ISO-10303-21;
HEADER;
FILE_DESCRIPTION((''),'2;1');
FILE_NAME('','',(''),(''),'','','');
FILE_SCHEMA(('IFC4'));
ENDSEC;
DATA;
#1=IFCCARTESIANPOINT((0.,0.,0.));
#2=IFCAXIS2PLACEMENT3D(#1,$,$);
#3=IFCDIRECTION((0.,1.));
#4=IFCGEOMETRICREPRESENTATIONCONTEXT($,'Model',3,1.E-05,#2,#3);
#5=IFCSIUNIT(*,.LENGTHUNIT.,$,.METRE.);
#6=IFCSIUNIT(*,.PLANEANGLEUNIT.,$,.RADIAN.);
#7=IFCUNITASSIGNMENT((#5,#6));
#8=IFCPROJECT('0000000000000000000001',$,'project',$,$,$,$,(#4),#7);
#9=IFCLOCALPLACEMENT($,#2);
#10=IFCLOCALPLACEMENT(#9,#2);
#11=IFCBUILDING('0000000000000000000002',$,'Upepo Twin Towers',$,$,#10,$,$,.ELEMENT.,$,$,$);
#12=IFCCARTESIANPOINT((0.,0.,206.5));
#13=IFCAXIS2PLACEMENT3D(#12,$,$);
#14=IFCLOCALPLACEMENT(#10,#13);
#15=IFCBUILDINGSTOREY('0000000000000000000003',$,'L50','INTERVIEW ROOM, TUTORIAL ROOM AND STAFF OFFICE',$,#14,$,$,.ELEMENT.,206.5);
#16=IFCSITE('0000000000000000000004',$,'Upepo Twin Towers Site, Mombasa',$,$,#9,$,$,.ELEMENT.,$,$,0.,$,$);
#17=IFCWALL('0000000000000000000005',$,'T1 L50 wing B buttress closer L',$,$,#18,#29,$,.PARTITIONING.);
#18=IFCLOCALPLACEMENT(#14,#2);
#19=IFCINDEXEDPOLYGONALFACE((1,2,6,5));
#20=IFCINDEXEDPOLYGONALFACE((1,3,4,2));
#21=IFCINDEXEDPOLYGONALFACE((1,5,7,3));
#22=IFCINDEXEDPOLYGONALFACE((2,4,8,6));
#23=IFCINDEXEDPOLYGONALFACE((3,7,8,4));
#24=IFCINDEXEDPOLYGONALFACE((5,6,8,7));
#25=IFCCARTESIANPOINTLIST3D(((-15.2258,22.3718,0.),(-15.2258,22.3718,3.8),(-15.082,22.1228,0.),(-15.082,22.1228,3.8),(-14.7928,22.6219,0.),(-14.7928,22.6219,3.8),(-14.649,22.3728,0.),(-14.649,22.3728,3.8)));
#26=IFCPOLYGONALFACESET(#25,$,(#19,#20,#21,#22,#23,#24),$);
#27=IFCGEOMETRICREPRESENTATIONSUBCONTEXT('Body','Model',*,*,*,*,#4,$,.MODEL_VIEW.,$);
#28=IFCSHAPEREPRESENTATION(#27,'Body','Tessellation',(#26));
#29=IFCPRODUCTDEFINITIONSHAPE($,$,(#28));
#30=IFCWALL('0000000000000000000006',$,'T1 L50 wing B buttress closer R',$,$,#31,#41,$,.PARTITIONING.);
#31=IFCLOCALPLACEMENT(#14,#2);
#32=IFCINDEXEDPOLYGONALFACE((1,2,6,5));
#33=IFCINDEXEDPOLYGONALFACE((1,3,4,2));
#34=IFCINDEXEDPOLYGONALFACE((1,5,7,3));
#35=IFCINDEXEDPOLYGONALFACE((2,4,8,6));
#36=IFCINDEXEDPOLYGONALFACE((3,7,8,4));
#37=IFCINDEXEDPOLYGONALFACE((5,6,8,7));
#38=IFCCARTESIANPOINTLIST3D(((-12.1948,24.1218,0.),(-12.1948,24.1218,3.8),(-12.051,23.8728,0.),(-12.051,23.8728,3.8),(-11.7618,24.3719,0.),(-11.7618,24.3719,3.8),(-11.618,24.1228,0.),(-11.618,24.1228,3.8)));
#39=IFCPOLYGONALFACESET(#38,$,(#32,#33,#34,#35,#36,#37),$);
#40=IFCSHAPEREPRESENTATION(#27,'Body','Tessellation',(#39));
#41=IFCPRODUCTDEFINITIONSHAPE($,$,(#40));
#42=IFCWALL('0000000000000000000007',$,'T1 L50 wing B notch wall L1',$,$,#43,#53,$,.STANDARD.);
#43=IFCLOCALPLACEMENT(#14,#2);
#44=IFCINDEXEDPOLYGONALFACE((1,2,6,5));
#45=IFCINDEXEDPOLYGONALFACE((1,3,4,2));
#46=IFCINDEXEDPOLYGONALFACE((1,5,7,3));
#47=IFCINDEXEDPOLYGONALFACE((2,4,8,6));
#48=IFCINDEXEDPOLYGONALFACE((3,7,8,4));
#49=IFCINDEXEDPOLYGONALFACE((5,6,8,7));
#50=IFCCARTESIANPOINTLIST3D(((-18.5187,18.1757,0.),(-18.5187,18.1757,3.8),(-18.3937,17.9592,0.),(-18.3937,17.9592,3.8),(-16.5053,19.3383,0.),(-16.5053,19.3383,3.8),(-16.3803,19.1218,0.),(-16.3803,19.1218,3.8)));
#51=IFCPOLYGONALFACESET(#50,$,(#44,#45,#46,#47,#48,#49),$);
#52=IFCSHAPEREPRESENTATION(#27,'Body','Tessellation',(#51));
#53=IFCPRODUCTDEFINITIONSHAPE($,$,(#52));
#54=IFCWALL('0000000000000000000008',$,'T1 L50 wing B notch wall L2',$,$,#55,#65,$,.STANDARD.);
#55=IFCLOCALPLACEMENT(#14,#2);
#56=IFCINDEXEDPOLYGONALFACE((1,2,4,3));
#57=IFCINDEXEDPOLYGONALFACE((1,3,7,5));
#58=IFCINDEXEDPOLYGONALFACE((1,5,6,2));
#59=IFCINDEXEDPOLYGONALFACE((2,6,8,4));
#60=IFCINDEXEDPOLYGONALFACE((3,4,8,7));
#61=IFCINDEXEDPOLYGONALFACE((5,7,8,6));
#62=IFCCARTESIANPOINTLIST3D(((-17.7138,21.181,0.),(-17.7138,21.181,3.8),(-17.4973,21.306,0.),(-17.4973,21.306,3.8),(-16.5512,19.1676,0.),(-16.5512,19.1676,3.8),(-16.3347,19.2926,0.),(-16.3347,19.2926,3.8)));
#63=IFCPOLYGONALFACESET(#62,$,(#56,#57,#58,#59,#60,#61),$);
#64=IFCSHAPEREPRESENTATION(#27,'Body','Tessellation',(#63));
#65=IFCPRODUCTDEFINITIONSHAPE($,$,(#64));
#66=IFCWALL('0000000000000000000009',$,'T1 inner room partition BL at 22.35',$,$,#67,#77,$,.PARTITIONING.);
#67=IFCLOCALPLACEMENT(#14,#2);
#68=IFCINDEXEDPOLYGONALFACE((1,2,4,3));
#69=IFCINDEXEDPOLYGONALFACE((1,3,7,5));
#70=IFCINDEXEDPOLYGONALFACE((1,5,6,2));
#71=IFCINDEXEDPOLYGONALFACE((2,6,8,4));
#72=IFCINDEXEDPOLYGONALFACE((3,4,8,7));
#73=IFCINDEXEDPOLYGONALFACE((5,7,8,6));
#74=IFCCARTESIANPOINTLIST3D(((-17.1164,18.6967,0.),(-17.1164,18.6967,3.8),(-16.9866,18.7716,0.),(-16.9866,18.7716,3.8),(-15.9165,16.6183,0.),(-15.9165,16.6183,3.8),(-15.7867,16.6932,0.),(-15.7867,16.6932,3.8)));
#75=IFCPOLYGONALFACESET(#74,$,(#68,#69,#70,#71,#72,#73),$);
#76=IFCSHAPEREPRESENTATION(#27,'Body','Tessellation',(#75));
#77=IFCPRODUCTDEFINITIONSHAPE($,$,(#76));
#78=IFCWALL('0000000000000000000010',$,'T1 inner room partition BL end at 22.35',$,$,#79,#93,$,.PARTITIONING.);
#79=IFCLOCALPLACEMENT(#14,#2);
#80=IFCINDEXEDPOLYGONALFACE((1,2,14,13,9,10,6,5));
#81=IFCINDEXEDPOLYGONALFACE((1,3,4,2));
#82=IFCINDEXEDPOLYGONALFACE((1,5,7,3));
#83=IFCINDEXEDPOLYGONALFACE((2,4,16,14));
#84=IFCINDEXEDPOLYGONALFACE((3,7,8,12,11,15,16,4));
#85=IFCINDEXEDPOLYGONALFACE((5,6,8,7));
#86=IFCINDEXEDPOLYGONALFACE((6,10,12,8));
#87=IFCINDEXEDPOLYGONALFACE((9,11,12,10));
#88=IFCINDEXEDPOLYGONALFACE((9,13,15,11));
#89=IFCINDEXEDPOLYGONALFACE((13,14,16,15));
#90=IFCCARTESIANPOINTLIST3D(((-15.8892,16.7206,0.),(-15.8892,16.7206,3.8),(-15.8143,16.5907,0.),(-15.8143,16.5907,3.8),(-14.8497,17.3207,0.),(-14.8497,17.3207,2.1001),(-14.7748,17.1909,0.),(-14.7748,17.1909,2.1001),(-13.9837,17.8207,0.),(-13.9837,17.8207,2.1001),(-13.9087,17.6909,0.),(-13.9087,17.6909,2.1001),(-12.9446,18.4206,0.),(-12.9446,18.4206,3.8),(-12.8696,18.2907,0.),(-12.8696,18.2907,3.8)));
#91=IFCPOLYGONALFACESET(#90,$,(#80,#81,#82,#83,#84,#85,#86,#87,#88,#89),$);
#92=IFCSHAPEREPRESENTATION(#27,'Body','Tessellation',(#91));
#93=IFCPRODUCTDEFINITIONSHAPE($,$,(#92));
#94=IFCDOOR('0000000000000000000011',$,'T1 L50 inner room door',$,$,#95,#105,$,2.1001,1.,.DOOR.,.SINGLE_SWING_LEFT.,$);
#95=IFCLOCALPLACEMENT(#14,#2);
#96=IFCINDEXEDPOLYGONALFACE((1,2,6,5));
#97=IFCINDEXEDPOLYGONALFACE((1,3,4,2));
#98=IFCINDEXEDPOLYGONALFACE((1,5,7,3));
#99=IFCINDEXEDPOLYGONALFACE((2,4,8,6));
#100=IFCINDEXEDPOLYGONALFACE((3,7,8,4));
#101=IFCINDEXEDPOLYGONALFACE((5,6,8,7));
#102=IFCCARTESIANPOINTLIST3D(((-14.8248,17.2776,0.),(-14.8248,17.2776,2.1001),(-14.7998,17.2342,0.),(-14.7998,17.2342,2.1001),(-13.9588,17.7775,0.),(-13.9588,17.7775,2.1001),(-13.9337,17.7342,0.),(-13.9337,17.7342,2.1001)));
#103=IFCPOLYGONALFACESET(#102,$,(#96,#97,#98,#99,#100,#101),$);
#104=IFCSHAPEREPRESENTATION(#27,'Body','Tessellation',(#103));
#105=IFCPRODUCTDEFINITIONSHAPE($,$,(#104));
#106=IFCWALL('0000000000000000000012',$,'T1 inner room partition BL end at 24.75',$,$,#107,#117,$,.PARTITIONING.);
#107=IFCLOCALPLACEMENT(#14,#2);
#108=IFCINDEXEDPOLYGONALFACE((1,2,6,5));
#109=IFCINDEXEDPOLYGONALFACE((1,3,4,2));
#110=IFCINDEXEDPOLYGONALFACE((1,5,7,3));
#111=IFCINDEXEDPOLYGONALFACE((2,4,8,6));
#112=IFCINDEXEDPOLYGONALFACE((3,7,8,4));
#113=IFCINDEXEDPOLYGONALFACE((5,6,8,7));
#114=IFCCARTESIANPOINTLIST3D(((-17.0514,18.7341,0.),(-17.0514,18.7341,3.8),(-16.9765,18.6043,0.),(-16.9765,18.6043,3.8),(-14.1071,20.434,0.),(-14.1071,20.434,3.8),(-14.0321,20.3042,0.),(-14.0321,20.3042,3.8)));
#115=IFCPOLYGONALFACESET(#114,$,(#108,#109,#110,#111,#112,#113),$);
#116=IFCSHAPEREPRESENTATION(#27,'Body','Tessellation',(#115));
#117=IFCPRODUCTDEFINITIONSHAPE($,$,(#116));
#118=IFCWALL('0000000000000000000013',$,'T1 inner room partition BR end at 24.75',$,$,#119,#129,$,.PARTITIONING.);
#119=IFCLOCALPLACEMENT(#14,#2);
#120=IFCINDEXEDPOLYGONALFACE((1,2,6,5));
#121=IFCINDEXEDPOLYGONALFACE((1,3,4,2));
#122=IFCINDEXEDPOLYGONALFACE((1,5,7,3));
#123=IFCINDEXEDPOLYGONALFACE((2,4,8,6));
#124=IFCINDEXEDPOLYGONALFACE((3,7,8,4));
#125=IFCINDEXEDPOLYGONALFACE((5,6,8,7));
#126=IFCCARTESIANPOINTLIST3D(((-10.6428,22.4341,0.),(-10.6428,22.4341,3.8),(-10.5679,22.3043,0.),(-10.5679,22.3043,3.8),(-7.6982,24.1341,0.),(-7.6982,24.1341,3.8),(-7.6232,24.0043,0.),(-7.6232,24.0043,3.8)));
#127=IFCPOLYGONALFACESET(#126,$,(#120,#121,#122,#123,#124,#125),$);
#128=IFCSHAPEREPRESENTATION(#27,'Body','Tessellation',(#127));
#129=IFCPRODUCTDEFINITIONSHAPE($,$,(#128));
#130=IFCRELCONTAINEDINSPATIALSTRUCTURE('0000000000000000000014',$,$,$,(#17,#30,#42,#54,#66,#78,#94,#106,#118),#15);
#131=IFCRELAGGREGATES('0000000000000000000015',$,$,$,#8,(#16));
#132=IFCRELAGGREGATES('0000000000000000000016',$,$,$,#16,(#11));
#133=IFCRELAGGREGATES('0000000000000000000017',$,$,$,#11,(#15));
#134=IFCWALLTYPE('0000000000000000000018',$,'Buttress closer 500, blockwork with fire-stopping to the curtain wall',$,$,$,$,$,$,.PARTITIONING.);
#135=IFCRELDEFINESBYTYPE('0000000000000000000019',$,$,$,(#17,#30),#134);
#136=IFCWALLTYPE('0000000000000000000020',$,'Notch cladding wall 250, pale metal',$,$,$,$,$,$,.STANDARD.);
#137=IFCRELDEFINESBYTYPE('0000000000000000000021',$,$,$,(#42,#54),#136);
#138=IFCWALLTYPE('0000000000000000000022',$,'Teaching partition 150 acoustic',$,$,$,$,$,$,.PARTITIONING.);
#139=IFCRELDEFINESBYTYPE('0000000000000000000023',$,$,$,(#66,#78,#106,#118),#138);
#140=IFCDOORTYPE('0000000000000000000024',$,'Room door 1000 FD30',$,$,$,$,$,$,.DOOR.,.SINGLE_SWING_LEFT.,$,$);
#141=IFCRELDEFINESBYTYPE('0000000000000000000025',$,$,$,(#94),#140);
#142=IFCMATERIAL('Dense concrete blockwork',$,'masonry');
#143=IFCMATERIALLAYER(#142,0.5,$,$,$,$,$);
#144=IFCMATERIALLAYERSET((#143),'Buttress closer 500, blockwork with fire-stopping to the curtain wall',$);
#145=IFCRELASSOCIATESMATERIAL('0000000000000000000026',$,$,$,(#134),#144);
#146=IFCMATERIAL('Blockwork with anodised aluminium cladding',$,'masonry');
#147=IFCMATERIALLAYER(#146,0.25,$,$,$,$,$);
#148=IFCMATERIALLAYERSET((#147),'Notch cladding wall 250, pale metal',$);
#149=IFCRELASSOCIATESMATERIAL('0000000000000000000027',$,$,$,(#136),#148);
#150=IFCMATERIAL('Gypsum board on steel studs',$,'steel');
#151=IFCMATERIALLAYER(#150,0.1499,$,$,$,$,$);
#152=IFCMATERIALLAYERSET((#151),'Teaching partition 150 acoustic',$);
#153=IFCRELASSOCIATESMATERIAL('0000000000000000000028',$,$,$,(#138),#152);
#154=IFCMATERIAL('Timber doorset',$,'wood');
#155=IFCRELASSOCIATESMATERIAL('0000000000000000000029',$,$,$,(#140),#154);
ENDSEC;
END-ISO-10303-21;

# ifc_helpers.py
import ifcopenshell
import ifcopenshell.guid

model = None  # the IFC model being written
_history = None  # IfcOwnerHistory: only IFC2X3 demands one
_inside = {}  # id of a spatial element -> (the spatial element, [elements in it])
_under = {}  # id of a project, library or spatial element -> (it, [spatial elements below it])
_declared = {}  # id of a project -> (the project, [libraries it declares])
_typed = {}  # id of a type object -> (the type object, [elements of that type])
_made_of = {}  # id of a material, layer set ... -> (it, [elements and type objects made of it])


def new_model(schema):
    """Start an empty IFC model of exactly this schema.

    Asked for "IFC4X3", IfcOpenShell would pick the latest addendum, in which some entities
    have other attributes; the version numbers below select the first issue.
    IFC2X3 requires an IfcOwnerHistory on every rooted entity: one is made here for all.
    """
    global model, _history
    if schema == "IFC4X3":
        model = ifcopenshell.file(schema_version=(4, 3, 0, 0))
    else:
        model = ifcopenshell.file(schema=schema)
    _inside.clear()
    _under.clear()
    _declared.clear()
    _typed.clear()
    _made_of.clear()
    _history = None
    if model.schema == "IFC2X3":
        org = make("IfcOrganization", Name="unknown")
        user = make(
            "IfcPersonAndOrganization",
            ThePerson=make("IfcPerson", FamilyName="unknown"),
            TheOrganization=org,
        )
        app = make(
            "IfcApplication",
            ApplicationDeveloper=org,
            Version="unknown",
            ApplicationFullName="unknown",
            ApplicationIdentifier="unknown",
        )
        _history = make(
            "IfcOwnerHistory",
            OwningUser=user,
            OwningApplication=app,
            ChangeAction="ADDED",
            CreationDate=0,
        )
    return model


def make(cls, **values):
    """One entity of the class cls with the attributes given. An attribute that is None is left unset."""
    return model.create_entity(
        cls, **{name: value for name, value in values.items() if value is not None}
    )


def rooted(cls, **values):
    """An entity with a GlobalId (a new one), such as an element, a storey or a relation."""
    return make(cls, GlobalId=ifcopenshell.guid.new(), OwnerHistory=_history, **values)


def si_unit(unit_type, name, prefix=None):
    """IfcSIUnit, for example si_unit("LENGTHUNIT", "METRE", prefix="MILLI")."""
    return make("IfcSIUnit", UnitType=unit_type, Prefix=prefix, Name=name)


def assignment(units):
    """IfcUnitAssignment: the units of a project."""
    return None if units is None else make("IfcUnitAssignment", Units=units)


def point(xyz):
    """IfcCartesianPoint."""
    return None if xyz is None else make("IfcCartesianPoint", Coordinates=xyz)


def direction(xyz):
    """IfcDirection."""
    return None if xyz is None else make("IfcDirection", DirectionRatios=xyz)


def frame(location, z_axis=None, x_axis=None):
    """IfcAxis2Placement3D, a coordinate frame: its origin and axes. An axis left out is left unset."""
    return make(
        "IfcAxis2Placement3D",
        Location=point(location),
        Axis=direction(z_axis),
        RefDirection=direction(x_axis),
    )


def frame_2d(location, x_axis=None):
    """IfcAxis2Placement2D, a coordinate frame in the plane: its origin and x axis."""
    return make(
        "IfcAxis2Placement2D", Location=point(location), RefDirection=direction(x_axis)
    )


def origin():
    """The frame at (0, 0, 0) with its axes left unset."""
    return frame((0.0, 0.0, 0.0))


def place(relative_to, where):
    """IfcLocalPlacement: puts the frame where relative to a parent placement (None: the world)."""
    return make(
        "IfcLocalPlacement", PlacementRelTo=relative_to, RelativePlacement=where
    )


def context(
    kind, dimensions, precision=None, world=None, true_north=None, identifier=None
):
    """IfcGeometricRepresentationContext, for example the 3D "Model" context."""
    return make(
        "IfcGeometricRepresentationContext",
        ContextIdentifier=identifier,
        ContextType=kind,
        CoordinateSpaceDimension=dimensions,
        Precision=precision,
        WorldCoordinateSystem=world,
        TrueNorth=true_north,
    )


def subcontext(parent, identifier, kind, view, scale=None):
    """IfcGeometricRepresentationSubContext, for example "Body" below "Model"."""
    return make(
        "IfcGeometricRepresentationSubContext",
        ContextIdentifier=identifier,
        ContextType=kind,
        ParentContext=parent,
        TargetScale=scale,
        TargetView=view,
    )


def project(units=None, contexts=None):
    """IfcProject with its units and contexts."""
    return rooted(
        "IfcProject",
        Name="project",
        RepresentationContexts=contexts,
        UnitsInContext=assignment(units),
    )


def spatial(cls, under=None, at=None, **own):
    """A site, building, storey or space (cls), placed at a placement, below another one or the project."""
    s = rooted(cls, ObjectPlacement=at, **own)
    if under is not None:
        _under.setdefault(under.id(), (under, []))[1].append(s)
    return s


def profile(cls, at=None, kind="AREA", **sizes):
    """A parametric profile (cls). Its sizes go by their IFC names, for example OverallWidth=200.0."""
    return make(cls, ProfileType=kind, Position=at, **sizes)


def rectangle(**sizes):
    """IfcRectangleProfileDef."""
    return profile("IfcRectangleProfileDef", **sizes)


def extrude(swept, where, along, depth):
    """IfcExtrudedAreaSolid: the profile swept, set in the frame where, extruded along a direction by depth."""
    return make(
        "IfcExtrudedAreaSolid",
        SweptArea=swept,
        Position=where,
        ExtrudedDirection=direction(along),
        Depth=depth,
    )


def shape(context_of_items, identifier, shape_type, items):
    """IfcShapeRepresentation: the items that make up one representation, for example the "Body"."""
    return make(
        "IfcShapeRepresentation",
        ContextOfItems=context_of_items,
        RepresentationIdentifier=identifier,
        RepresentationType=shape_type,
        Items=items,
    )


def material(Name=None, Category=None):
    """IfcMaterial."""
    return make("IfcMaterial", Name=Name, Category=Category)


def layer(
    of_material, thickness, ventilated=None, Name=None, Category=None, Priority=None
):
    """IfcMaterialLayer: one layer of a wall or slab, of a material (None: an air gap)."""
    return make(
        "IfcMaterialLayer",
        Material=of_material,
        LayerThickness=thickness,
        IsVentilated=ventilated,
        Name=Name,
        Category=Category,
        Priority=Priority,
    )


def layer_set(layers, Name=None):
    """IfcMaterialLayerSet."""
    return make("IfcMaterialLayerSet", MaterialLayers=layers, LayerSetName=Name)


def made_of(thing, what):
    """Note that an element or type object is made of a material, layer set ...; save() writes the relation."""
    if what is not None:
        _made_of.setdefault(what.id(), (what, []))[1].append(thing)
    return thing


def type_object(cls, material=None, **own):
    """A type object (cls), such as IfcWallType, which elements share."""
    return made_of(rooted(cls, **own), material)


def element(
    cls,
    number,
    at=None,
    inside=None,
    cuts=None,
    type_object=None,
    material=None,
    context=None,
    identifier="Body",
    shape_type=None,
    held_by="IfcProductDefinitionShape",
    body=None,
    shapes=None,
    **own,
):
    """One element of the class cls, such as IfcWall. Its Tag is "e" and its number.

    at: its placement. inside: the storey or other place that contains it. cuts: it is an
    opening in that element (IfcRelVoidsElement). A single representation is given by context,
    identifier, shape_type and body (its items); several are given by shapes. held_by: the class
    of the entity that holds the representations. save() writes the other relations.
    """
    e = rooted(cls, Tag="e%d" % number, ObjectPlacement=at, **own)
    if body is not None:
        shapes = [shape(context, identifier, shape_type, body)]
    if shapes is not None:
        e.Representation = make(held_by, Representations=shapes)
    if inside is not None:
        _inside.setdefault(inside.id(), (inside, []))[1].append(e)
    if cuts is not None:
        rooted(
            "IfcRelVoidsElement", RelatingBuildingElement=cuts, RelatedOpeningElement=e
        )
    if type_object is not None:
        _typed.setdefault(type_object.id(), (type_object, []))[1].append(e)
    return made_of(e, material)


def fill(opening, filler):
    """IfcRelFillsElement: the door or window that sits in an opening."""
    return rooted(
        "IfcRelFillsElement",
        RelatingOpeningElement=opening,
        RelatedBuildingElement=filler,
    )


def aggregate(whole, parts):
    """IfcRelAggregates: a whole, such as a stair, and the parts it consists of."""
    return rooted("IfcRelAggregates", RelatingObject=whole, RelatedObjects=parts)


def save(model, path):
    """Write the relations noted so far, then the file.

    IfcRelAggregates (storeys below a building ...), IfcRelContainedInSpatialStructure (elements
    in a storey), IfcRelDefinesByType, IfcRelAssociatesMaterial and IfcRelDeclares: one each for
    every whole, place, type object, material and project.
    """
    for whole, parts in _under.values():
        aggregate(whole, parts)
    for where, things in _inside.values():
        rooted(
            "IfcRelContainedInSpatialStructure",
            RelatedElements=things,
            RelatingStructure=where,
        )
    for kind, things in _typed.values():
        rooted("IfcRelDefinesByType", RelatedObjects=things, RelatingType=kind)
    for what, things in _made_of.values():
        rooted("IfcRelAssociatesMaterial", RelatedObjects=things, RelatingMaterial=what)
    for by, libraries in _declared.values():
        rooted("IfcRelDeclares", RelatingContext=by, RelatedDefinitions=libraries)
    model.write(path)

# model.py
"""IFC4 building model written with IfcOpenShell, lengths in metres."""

from ifc_helpers import new_model, si_unit, direction, frame, frame_2d, origin, place, context, subcontext, project, spatial, rectangle, extrude, material, layer, layer_set, type_object, element, fill, save


model = new_model("IFC4")

# Units and contexts
model_context = context("Model", 3, precision=1e-05, world=origin(), true_north=direction((0.0, 1.0)))
body_context = subcontext(model_context, "Body", "Model", "MODEL_VIEW")
ifc_project = project(units=[si_unit("LENGTHUNIT", "METRE"), si_unit("PLANEANGLEUNIT", "RADIAN")], contexts=[model_context])

# Site, building, storey
site_placement = place(None, origin())
site = spatial("IfcSite", under=ifc_project, at=site_placement, Name="Upepo Twin Towers Site, Mombasa", CompositionType="ELEMENT", RefElevation=0.0)
building_placement = place(site_placement, origin())
building = spatial("IfcBuilding", under=site, at=building_placement, Name="Upepo Twin Towers", CompositionType="ELEMENT")
storey_placement = place(building_placement, frame((0.0, 0.0, 206.5)))
storey = spatial("IfcBuildingStorey", under=building, at=storey_placement, Name="L50", Description="INTERVIEW ROOM, TUTORIAL ROOM AND STAFF OFFICE", CompositionType="ELEMENT", Elevation=206.5)

# Walls
ifc_material_1 = material(Name="Dense concrete blockwork", Category="masonry")
ifc_layer_1 = layer(ifc_material_1, 0.5)
ifc_layer_set_1 = layer_set([ifc_layer_1], Name="Buttress closer 500, blockwork with fire-stopping to the curtain wall")
wall_type_1 = type_object("IfcWallType", Name="Buttress closer 500, blockwork with fire-stopping to the curtain wall", PredefinedType="PARTITIONING", material=ifc_layer_set_1)
for number, where, z_axis, x_axis, name in (
    (1, (-14.8655, 22.2478, 0.0), (0.0, 0.0, 1.0), (-0.500065, 0.865988, 0.0), "T1 L50 wing B buttress closer L"),
    (2, (-11.8345, 23.9978, 0.0), (0.0, 0.0, 1.0), (-0.500065, 0.865988, 0.0), "T1 L50 wing B buttress closer R"),
):
    element("IfcWall", number, at=place(storey_placement, frame(where, z_axis=z_axis, x_axis=x_axis)), inside=storey, type_object=wall_type_1, Name=name, PredefinedType="PARTITIONING", context=body_context, shape_type="SweptSolid", body=[
        extrude(rectangle(XDim=0.2876, YDim=0.5, at=frame_2d((0.1438, 0.0))), origin(), (0.0, 0.0, 1.0), 3.8),
    ])
ifc_material_2 = material(Name="Blockwork with anodised aluminium cladding", Category="masonry")
ifc_layer_2 = layer(ifc_material_2, 0.25)
ifc_layer_set_2 = layer_set([ifc_layer_2], Name="Notch cladding wall 250, pale metal")
wall_type_2 = type_object("IfcWallType", Name="Notch cladding wall 250, pale metal", PredefinedType="STANDARD", material=ifc_layer_set_2)
for number, where, z_axis, x_axis, name in (
    (3, (-18.4563, 18.0674, 0.0), (0.0, 0.0, 1.0), (0.865998, 0.500047, 0.0), "T1 L50 wing B notch wall L1"),
    (4, (-16.4429, 19.23, 0.0), (0.0, 0.0, 1.0), (-0.500047, 0.865998, 0.0), "T1 L50 wing B notch wall L2"),
):
    element("IfcWall", number, at=place(storey_placement, frame(where, z_axis=z_axis, x_axis=x_axis)), inside=storey, type_object=wall_type_2, Name=name, PredefinedType="STANDARD", context=body_context, shape_type="SweptSolid", body=[
        extrude(rectangle(XDim=2.325, YDim=0.25, at=frame_2d((1.1626, 0.0))), origin(), (0.0, 0.0, 1.0), 3.8),
    ])
ifc_material_3 = material(Name="Gypsum board on steel studs", Category="steel")
ifc_layer_3 = layer(ifc_material_3, 0.1499)
ifc_layer_set_3 = layer_set([ifc_layer_3], Name="Teaching partition 150 acoustic")
wall_type_3 = type_object("IfcWallType", Name="Teaching partition 150 acoustic", PredefinedType="PARTITIONING", material=ifc_layer_set_3)
wall_1_placement = place(storey_placement, frame((-15.8516, 16.6558, 0.0), z_axis=(0.0, 0.0, 1.0), x_axis=(-0.500001, 0.866025, 0.0)))
element("IfcWall", 5, at=wall_1_placement, inside=storey, type_object=wall_type_3, Name="T1 inner room partition BL at 22.35", PredefinedType="PARTITIONING", context=body_context, shape_type="SweptSolid", body=[
    extrude(rectangle(XDim=2.3999, YDim=0.1499, at=frame_2d((1.2, 0.0))), origin(), (0.0, 0.0, 1.0), 3.8),
])

# Wall, opening, door
wall_2_placement = place(storey_placement, frame((-12.907, 18.3557, 0.0), z_axis=(0.0, 0.0, 1.0), x_axis=(-0.866039, -0.499977, 0.0)))
wall_2 = element("IfcWall", 6, at=wall_2_placement, inside=storey, type_object=wall_type_3, Name="T1 inner room partition BL end at 22.35", PredefinedType="PARTITIONING", context=body_context, shape_type="SweptSolid", body=[
    extrude(rectangle(XDim=3.4001, YDim=0.1499, at=frame_2d((1.7002, 0.0))), origin(), (0.0, 0.0, 1.0), 3.8),
])
opening_placement = place(wall_2_placement, frame((1.2, 0.0, 0.0)))
opening = element("IfcOpeningElement", 7, at=opening_placement, cuts=wall_2, PredefinedType="OPENING", context=body_context, shape_type="SweptSolid", body=[
    extrude(rectangle(XDim=1.0, YDim=2.1001, at=frame_2d((0.5, 1.05))), frame((0.0, 0.085, 0.0), z_axis=(0.0, -1.0, 0.0), x_axis=(1.0, 0.0, 0.0)), (0.0, 0.0, 1.0), 0.1699),
])
ifc_material_4 = material(Name="Timber doorset", Category="wood")
door_type = type_object("IfcDoorType", Name="Room door 1000 FD30", OperationType="SINGLE_SWING_LEFT", PredefinedType="DOOR", material=ifc_material_4)
door_placement = place(opening_placement, origin())
door = element("IfcDoor", 8, at=door_placement, inside=storey, type_object=door_type, Name="T1 L50 inner room door", OperationType="SINGLE_SWING_LEFT", OverallHeight=2.1001, OverallWidth=1.0, PredefinedType="DOOR", context=body_context, shape_type="SweptSolid", body=[
    extrude(rectangle(XDim=1.0, YDim=2.1001, at=frame_2d((0.5, 1.05))), frame((0.0, 0.0249, 0.0), z_axis=(0.0, -1.0, 0.0), x_axis=(1.0, 0.0, 0.0)), (0.0, 0.0, 1.0), 0.05),
])
fill(opening, door)

# Walls
wall_3_placement = place(storey_placement, frame((-14.0696, 20.3691, 0.0), z_axis=(0.0, 0.0, 1.0), x_axis=(-0.866021, -0.500008, 0.0)))
element("IfcWall", 9, at=wall_3_placement, inside=storey, type_object=wall_type_3, Name="T1 inner room partition BL end at 24.75", PredefinedType="PARTITIONING", context=body_context, shape_type="SweptSolid", body=[
    extrude(rectangle(XDim=3.3999, YDim=0.1499, at=frame_2d((1.7, 0.0))), origin(), (0.0, 0.0, 1.0), 3.8),
])
wall_4_placement = place(storey_placement, frame((-10.6055, 22.3691, 0.0), z_axis=(0.0, 0.0, 1.0), x_axis=(0.866039, 0.499977, 0.0)))
element("IfcWall", 10, at=wall_4_placement, inside=storey, type_object=wall_type_3, Name="T1 inner room partition BR end at 24.75", PredefinedType="PARTITIONING", context=body_context, shape_type="SweptSolid", body=[
    extrude(rectangle(XDim=3.4001, YDim=0.1499, at=frame_2d((1.7002, 0.0))), origin(), (0.0, 0.0, 1.0), 3.8),
])

save(model, "model.ifc")
